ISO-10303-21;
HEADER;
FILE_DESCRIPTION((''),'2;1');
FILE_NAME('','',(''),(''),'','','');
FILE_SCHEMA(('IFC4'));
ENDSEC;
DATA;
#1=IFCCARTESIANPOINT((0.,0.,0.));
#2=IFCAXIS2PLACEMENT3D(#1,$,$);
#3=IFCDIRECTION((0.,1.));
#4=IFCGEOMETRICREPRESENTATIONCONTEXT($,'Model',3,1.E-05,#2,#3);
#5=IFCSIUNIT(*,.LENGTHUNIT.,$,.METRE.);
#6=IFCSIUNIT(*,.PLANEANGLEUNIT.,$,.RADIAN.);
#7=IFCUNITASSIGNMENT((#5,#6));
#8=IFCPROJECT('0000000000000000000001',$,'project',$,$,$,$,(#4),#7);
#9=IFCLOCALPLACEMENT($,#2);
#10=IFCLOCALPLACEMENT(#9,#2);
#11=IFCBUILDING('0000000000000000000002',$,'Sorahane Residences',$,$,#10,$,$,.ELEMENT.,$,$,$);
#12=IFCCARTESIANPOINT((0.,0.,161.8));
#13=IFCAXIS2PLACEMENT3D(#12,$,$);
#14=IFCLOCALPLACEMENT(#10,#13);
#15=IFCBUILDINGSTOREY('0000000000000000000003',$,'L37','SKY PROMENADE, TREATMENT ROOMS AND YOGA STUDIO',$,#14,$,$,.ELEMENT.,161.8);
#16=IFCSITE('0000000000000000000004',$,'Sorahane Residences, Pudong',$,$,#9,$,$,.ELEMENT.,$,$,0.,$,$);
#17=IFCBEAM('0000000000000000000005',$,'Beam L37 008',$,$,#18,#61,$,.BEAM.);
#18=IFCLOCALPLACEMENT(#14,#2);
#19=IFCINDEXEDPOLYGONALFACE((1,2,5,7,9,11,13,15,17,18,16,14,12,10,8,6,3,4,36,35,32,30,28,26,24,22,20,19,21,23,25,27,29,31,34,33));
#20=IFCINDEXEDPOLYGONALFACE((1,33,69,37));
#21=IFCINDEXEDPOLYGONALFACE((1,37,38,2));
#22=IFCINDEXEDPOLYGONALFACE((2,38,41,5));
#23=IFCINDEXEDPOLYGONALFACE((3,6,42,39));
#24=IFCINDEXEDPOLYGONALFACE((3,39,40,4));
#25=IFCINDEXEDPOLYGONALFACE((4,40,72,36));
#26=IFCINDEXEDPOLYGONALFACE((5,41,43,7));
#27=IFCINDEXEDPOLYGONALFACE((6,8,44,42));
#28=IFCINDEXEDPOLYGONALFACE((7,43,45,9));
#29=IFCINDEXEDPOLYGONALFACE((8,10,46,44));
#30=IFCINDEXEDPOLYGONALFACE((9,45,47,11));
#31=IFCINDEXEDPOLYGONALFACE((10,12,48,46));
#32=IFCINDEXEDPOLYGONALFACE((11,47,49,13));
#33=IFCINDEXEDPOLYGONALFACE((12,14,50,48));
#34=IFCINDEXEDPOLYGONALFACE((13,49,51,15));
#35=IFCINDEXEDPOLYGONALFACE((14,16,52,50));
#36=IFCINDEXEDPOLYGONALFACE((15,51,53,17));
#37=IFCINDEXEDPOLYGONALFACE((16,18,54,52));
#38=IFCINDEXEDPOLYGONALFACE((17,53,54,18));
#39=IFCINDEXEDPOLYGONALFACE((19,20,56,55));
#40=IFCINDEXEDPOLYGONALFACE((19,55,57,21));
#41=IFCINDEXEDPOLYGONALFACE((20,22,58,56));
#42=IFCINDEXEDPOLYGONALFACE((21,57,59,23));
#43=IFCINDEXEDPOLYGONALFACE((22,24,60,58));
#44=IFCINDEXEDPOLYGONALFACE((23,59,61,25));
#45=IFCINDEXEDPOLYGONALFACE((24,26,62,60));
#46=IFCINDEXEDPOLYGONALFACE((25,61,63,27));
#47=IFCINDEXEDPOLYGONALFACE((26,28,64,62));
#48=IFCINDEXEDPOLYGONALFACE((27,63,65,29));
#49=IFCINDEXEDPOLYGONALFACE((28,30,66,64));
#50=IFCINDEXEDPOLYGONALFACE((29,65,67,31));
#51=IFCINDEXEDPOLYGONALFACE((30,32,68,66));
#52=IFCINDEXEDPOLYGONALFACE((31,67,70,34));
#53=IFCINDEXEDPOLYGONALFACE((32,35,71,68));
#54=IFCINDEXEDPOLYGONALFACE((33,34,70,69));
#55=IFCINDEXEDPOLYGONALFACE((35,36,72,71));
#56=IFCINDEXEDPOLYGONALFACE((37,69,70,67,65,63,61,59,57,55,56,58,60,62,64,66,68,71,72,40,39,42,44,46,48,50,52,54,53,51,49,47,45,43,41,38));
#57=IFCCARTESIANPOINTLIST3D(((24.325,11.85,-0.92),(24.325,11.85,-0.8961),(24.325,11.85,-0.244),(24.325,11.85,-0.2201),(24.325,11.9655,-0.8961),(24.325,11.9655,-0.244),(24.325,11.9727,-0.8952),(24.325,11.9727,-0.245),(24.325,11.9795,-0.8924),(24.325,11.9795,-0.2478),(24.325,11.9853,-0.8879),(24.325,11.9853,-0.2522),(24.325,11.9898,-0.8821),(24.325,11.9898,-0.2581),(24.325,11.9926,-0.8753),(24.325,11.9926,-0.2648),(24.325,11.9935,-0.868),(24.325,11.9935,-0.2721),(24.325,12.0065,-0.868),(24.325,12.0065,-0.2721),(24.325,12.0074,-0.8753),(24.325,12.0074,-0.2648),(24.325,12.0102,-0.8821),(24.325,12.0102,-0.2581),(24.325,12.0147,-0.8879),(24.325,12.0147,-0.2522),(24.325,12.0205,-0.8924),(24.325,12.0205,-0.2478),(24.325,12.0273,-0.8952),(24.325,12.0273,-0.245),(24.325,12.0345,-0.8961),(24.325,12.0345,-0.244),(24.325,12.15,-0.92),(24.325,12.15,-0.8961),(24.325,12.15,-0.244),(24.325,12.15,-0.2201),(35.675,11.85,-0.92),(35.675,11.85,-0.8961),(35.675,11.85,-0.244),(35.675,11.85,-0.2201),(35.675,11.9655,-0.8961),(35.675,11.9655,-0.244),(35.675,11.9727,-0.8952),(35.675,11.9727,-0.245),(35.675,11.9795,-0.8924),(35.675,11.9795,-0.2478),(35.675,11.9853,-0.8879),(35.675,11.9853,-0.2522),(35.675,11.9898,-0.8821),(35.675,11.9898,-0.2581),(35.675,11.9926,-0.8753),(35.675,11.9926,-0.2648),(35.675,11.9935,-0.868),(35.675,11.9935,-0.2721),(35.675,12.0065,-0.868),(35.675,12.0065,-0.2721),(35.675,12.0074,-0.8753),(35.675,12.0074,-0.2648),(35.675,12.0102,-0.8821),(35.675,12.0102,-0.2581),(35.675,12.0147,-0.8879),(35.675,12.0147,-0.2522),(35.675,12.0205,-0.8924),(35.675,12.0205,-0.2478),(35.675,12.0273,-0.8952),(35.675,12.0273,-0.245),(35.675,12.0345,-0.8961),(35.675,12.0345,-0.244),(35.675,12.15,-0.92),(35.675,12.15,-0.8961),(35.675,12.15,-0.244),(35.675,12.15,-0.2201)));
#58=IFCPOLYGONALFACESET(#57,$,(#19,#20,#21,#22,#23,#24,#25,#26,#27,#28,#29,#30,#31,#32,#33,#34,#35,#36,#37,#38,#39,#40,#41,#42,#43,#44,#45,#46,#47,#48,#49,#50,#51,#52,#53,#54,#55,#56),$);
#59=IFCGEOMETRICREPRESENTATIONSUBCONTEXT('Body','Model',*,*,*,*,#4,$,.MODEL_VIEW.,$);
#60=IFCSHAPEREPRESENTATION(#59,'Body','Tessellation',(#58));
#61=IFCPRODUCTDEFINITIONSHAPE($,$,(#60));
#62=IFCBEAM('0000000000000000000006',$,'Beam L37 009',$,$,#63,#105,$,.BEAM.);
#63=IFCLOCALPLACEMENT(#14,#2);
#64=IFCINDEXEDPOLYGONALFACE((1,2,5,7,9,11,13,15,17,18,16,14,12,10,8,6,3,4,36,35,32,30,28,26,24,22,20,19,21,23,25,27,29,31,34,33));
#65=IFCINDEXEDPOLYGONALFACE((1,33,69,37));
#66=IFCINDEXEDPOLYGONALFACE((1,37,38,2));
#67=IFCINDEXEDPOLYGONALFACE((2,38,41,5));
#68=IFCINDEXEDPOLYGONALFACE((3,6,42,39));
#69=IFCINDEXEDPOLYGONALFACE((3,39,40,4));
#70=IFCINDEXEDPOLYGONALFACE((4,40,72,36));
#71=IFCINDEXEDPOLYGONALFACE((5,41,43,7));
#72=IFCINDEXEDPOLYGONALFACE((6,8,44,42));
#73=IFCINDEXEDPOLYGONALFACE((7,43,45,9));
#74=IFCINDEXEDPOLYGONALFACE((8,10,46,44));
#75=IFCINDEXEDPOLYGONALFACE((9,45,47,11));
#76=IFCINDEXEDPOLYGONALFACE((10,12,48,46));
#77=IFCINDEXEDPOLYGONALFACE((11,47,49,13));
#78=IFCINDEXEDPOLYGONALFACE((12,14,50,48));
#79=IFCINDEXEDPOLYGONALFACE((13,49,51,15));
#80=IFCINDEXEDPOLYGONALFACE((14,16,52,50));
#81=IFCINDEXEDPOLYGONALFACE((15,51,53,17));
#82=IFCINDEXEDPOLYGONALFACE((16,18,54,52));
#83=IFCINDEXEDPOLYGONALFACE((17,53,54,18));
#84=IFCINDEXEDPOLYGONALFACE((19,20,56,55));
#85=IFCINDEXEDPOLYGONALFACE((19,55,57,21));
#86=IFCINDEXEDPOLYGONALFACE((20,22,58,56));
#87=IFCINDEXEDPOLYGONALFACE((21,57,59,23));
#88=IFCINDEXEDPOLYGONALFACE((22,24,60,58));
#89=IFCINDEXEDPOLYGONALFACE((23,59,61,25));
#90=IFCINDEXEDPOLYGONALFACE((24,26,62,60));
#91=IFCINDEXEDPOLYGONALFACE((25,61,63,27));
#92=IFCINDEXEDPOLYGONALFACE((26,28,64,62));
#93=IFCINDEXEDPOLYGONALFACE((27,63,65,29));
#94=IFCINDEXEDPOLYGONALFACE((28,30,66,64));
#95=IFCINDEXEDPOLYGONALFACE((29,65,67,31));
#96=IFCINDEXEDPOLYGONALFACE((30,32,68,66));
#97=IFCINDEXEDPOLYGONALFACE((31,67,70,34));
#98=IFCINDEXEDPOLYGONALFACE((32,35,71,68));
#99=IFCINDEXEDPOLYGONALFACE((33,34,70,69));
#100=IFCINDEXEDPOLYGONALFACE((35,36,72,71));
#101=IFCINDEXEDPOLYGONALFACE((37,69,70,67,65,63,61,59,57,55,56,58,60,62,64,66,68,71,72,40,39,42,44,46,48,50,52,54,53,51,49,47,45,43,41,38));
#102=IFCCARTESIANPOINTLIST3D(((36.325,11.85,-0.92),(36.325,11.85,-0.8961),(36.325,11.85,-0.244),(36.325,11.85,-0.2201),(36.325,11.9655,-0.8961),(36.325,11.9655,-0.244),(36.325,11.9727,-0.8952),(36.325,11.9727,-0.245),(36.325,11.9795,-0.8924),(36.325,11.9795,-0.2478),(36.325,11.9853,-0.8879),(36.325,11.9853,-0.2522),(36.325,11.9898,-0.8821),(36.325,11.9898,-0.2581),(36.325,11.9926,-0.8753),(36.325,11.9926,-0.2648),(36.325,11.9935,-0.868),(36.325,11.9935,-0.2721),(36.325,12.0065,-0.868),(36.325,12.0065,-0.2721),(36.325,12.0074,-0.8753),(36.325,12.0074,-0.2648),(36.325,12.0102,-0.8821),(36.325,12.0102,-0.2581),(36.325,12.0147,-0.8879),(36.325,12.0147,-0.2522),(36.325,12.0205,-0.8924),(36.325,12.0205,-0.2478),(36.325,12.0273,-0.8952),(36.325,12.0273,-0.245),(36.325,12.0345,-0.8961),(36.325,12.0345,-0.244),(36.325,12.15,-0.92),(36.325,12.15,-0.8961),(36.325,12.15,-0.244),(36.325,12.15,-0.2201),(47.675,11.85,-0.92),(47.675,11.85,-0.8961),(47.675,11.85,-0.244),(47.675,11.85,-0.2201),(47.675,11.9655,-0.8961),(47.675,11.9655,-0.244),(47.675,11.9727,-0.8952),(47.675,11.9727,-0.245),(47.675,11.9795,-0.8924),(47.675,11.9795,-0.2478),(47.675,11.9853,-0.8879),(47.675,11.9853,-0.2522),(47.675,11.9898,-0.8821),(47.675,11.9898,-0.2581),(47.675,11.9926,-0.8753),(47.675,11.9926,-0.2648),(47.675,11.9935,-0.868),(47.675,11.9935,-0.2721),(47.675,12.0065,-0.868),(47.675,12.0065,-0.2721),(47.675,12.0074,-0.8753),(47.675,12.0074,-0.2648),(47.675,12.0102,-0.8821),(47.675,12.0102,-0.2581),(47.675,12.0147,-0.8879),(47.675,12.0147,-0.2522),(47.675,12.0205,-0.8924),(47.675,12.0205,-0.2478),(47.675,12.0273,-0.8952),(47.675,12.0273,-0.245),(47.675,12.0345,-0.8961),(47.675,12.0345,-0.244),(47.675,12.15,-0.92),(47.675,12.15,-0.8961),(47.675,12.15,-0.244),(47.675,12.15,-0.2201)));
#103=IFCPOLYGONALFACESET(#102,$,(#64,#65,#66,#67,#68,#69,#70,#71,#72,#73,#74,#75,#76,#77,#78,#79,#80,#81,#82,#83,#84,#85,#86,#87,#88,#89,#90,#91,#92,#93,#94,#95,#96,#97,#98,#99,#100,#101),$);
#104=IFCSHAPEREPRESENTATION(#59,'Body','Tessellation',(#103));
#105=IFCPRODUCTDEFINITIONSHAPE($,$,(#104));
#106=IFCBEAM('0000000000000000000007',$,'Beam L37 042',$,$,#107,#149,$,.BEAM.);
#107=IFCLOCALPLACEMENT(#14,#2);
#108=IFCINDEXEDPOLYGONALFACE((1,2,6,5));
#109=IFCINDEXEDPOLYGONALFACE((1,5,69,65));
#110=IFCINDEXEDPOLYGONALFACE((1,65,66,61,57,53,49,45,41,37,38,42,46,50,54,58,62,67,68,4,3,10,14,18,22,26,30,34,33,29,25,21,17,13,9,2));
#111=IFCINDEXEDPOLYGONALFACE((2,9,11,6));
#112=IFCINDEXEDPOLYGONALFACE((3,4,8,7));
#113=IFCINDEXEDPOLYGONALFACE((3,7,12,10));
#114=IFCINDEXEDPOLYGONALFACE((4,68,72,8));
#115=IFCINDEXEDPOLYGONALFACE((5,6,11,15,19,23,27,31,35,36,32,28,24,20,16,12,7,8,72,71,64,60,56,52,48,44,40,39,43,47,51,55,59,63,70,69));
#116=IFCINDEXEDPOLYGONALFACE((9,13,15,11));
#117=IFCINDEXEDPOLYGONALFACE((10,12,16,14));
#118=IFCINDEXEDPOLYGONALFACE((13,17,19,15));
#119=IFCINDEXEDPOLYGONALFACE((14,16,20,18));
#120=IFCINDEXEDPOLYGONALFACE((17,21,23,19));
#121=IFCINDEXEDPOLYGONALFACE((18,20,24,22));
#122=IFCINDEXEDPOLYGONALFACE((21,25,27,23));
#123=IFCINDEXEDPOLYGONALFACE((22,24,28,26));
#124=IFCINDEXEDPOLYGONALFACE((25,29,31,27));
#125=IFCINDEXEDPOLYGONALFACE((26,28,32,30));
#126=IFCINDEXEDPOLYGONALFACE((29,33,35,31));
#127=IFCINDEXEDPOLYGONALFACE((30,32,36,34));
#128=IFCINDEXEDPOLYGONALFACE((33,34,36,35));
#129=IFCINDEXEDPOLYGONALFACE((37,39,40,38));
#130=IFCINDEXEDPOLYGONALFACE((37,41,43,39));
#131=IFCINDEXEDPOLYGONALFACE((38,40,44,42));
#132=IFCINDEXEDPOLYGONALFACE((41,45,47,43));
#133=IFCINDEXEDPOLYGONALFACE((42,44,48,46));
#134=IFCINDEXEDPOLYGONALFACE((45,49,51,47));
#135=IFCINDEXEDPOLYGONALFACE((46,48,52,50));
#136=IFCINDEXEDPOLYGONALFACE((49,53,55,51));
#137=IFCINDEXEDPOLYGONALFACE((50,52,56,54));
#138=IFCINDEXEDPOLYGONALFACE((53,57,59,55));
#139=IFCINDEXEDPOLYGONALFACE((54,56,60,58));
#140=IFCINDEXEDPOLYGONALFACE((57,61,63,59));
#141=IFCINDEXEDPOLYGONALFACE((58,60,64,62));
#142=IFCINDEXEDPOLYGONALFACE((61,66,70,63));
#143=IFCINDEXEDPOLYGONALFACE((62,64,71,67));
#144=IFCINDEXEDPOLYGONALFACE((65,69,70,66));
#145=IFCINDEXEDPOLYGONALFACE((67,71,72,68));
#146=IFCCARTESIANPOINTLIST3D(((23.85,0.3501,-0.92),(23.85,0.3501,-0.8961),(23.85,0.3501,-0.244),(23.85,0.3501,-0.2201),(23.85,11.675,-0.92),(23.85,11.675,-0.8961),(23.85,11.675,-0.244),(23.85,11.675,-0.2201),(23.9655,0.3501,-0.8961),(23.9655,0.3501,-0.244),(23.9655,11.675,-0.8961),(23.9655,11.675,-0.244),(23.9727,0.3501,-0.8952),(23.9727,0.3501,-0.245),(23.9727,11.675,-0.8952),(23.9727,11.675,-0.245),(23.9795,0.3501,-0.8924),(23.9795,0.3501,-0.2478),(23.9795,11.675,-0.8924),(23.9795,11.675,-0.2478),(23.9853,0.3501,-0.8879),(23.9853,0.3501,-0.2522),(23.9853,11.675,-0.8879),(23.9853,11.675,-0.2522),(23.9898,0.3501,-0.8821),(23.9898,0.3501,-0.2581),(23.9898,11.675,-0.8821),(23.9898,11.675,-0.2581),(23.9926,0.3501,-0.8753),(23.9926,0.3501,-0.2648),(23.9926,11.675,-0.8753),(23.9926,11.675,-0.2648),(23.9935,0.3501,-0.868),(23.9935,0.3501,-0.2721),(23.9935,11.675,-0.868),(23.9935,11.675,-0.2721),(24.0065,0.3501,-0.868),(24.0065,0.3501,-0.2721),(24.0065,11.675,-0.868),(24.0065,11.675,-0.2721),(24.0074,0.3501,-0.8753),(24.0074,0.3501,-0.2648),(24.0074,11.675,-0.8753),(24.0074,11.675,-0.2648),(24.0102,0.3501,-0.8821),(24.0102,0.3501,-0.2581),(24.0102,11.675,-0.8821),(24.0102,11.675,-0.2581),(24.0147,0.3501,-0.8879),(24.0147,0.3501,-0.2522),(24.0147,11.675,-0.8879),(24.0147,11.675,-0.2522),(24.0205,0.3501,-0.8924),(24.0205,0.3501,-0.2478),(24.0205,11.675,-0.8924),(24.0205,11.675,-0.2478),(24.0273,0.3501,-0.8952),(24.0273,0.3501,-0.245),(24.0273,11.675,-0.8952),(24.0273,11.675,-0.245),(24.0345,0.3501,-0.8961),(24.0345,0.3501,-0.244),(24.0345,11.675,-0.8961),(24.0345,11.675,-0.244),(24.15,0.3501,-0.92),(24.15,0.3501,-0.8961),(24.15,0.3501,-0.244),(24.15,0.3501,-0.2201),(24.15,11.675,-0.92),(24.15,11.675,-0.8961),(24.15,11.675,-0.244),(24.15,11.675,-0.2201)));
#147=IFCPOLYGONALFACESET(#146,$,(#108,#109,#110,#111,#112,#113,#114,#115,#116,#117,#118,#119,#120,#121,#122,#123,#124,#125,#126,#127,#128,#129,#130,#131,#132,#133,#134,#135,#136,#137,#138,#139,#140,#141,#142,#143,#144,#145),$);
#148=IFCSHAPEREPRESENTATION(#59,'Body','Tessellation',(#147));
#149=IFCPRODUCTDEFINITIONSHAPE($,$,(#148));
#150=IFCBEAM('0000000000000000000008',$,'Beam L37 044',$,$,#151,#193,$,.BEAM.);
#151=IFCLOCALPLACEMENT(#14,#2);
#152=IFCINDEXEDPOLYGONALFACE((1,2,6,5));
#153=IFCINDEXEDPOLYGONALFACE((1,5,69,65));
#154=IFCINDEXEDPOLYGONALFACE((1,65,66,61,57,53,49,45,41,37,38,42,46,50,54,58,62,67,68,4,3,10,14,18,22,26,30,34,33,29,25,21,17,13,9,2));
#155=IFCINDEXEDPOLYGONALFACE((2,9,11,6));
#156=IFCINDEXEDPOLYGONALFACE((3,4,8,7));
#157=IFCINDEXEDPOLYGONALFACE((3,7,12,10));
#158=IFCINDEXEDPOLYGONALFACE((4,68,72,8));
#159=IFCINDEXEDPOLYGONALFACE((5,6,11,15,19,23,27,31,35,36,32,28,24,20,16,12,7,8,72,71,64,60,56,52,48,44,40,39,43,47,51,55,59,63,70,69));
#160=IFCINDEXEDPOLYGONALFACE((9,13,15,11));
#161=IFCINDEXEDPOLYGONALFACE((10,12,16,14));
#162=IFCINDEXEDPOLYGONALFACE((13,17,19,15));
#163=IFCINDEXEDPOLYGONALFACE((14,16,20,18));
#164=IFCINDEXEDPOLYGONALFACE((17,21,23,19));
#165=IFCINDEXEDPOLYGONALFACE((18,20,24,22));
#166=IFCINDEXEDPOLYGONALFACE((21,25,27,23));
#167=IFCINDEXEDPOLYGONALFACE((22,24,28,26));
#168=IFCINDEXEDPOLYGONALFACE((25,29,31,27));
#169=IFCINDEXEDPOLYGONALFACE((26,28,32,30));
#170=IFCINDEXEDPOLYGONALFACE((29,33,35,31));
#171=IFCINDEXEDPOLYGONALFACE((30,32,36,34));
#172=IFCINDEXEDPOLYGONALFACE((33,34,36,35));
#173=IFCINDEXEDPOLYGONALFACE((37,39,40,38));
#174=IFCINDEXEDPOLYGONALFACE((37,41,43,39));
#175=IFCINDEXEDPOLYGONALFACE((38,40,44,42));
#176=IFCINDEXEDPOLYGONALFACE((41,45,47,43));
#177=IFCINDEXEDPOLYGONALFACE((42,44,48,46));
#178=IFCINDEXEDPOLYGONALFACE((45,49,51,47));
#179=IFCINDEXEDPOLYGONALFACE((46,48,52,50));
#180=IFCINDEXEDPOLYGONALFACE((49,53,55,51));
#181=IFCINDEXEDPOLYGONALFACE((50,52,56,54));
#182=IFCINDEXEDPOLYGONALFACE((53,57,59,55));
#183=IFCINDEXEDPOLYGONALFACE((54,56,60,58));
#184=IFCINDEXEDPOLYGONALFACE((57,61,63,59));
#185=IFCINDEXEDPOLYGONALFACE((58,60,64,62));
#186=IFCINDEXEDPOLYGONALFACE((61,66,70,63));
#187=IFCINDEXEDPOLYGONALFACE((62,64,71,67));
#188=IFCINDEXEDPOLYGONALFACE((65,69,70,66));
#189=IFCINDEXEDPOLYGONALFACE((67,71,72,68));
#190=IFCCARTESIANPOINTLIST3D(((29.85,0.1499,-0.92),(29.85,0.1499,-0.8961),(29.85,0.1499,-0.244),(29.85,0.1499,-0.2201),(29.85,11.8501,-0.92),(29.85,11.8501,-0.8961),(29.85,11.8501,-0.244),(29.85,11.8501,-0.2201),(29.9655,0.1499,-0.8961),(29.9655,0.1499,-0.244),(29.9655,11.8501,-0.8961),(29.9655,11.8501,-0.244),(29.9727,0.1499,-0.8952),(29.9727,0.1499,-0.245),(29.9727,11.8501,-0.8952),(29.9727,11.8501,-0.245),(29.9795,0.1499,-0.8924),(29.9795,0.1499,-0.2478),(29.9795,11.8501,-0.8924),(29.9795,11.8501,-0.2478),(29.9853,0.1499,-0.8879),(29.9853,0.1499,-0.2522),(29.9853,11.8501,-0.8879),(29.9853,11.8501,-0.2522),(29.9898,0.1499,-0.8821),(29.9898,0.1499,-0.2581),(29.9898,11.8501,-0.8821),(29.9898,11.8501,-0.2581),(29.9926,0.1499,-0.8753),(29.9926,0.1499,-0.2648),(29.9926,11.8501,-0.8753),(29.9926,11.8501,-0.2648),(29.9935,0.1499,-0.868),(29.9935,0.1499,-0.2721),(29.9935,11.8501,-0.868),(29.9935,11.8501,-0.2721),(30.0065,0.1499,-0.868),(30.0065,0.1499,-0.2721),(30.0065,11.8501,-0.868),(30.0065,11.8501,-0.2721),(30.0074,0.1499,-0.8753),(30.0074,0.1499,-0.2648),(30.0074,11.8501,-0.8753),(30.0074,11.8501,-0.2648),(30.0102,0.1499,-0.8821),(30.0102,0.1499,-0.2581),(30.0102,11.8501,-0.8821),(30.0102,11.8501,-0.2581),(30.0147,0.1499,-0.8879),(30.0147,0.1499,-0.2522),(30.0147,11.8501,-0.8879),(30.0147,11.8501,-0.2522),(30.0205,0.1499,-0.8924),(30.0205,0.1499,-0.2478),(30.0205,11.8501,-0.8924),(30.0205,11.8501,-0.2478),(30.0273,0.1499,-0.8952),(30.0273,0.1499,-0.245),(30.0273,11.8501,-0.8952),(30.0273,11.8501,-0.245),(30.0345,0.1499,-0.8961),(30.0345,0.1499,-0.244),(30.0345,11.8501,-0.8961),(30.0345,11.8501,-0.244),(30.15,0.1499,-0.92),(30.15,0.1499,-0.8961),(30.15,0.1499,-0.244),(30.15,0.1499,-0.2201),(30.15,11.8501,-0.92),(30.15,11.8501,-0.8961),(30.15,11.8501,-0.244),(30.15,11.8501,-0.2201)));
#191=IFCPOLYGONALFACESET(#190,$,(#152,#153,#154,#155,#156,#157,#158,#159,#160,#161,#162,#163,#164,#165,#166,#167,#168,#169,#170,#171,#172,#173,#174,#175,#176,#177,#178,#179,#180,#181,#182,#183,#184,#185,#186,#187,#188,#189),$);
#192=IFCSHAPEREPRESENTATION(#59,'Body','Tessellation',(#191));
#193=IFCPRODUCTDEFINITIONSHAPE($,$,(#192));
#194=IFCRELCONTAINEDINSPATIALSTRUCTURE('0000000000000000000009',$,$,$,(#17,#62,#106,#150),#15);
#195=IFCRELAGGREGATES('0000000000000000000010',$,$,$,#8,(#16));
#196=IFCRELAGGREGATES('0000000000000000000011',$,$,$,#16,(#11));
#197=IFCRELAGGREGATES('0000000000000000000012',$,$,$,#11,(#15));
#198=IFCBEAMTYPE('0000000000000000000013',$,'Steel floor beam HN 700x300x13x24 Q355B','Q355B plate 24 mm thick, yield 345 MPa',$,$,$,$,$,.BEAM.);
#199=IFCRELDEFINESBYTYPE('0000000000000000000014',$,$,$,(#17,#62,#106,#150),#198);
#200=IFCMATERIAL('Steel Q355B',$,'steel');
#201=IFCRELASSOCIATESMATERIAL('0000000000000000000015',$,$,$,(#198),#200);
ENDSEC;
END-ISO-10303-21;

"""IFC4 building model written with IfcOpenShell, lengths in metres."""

from ifc_helpers import new_model, si_unit, direction, frame, origin, origin_2d, place, context, subcontext, project, spatial, i_section, extrude, material, material_profile, profile_set, type_object, element, save


model = new_model("IFC4")

# Units and contexts
model_context = context("Model", 3, precision=1e-05, world=origin(), true_north=direction((0.0, 1.0)))
body_context = subcontext(model_context, "Body", "Model", "MODEL_VIEW")
ifc_project = project(units=[si_unit("LENGTHUNIT", "METRE"), si_unit("PLANEANGLEUNIT", "RADIAN")], contexts=[model_context])

# Site, building, storey
site_placement = place(None, origin())
site = spatial("IfcSite", under=ifc_project, at=site_placement, Name="Sorahane Residences, Pudong", CompositionType="ELEMENT", RefElevation=0.0)
building_placement = place(site_placement, origin())
building = spatial("IfcBuilding", under=site, at=building_placement, Name="Sorahane Residences", CompositionType="ELEMENT")
storey_placement = place(building_placement, frame((0.0, 0.0, 161.8)))
storey = spatial("IfcBuildingStorey", under=building, at=storey_placement, Name="L37", Description="SKY PROMENADE, TREATMENT ROOMS AND YOGA STUDIO", CompositionType="ELEMENT", Elevation=161.8)

# Beams
ifc_material_1 = material(Name="Steel Q355B", Category="steel")
ifc_material_profile_1 = material_profile(ifc_material_1, i_section(OverallWidth=0.3, OverallDepth=0.7, WebThickness=0.0129, FlangeThickness=0.0239, FilletRadius=0.0281, at=origin_2d()), Name="HN 700x300x13x24")
ifc_profile_set_1 = profile_set([ifc_material_profile_1], Name="Steel Q355B")
beam_type_1 = type_object("IfcBeamType", Name="Steel floor beam HN 700x300x13x24 Q355B", Description="Q355B plate 24 mm thick, yield 345 MPa", PredefinedType="BEAM", material=ifc_profile_set_1)
for number, where, z_axis, x_axis, name in (
    (1, (24.325, 12.0, -0.5701), (1.0, 0.0, 0.0), (0.0, 1.0, 0.0), "Beam L37 008"),
    (2, (36.325, 12.0, -0.5701), (1.0, 0.0, 0.0), (0.0, 1.0, 0.0), "Beam L37 009"),
):
    element("IfcBeam", number, at=place(storey_placement, frame(where, z_axis=z_axis, x_axis=x_axis)), inside=storey, type_object=beam_type_1, Name=name, PredefinedType="BEAM", context=body_context, shape_type="SweptSolid", body=[
        extrude(i_section(OverallWidth=0.3, OverallDepth=0.7, WebThickness=0.0129, FlangeThickness=0.0239, FilletRadius=0.0281, at=origin_2d()), origin(), (0.0, 0.0, 1.0), 11.3501),
    ])
beam_1_placement = place(storey_placement, frame((24.0, 0.3501, -0.5701), z_axis=(0.0, 1.0, 0.0), x_axis=(-1.0, 0.0, 0.0)))
element("IfcBeam", 3, at=beam_1_placement, inside=storey, type_object=beam_type_1, Name="Beam L37 042", PredefinedType="BEAM", context=body_context, shape_type="SweptSolid", body=[
    extrude(i_section(OverallWidth=0.3, OverallDepth=0.7, WebThickness=0.0129, FlangeThickness=0.0239, FilletRadius=0.0281, at=origin_2d()), origin(), (0.0, 0.0, 1.0), 11.325),
])
beam_2_placement = place(storey_placement, frame((30.0, 0.1499, -0.5701), z_axis=(0.0, 1.0, 0.0), x_axis=(-1.0, 0.0, 0.0)))
element("IfcBeam", 4, at=beam_2_placement, inside=storey, type_object=beam_type_1, Name="Beam L37 044", PredefinedType="BEAM", context=body_context, shape_type="SweptSolid", body=[
    extrude(i_section(OverallWidth=0.3, OverallDepth=0.7, WebThickness=0.0129, FlangeThickness=0.0239, FilletRadius=0.0281, at=origin_2d()), origin(), (0.0, 0.0, 1.0), 11.7002),
])

save(model, "model.ifc")
